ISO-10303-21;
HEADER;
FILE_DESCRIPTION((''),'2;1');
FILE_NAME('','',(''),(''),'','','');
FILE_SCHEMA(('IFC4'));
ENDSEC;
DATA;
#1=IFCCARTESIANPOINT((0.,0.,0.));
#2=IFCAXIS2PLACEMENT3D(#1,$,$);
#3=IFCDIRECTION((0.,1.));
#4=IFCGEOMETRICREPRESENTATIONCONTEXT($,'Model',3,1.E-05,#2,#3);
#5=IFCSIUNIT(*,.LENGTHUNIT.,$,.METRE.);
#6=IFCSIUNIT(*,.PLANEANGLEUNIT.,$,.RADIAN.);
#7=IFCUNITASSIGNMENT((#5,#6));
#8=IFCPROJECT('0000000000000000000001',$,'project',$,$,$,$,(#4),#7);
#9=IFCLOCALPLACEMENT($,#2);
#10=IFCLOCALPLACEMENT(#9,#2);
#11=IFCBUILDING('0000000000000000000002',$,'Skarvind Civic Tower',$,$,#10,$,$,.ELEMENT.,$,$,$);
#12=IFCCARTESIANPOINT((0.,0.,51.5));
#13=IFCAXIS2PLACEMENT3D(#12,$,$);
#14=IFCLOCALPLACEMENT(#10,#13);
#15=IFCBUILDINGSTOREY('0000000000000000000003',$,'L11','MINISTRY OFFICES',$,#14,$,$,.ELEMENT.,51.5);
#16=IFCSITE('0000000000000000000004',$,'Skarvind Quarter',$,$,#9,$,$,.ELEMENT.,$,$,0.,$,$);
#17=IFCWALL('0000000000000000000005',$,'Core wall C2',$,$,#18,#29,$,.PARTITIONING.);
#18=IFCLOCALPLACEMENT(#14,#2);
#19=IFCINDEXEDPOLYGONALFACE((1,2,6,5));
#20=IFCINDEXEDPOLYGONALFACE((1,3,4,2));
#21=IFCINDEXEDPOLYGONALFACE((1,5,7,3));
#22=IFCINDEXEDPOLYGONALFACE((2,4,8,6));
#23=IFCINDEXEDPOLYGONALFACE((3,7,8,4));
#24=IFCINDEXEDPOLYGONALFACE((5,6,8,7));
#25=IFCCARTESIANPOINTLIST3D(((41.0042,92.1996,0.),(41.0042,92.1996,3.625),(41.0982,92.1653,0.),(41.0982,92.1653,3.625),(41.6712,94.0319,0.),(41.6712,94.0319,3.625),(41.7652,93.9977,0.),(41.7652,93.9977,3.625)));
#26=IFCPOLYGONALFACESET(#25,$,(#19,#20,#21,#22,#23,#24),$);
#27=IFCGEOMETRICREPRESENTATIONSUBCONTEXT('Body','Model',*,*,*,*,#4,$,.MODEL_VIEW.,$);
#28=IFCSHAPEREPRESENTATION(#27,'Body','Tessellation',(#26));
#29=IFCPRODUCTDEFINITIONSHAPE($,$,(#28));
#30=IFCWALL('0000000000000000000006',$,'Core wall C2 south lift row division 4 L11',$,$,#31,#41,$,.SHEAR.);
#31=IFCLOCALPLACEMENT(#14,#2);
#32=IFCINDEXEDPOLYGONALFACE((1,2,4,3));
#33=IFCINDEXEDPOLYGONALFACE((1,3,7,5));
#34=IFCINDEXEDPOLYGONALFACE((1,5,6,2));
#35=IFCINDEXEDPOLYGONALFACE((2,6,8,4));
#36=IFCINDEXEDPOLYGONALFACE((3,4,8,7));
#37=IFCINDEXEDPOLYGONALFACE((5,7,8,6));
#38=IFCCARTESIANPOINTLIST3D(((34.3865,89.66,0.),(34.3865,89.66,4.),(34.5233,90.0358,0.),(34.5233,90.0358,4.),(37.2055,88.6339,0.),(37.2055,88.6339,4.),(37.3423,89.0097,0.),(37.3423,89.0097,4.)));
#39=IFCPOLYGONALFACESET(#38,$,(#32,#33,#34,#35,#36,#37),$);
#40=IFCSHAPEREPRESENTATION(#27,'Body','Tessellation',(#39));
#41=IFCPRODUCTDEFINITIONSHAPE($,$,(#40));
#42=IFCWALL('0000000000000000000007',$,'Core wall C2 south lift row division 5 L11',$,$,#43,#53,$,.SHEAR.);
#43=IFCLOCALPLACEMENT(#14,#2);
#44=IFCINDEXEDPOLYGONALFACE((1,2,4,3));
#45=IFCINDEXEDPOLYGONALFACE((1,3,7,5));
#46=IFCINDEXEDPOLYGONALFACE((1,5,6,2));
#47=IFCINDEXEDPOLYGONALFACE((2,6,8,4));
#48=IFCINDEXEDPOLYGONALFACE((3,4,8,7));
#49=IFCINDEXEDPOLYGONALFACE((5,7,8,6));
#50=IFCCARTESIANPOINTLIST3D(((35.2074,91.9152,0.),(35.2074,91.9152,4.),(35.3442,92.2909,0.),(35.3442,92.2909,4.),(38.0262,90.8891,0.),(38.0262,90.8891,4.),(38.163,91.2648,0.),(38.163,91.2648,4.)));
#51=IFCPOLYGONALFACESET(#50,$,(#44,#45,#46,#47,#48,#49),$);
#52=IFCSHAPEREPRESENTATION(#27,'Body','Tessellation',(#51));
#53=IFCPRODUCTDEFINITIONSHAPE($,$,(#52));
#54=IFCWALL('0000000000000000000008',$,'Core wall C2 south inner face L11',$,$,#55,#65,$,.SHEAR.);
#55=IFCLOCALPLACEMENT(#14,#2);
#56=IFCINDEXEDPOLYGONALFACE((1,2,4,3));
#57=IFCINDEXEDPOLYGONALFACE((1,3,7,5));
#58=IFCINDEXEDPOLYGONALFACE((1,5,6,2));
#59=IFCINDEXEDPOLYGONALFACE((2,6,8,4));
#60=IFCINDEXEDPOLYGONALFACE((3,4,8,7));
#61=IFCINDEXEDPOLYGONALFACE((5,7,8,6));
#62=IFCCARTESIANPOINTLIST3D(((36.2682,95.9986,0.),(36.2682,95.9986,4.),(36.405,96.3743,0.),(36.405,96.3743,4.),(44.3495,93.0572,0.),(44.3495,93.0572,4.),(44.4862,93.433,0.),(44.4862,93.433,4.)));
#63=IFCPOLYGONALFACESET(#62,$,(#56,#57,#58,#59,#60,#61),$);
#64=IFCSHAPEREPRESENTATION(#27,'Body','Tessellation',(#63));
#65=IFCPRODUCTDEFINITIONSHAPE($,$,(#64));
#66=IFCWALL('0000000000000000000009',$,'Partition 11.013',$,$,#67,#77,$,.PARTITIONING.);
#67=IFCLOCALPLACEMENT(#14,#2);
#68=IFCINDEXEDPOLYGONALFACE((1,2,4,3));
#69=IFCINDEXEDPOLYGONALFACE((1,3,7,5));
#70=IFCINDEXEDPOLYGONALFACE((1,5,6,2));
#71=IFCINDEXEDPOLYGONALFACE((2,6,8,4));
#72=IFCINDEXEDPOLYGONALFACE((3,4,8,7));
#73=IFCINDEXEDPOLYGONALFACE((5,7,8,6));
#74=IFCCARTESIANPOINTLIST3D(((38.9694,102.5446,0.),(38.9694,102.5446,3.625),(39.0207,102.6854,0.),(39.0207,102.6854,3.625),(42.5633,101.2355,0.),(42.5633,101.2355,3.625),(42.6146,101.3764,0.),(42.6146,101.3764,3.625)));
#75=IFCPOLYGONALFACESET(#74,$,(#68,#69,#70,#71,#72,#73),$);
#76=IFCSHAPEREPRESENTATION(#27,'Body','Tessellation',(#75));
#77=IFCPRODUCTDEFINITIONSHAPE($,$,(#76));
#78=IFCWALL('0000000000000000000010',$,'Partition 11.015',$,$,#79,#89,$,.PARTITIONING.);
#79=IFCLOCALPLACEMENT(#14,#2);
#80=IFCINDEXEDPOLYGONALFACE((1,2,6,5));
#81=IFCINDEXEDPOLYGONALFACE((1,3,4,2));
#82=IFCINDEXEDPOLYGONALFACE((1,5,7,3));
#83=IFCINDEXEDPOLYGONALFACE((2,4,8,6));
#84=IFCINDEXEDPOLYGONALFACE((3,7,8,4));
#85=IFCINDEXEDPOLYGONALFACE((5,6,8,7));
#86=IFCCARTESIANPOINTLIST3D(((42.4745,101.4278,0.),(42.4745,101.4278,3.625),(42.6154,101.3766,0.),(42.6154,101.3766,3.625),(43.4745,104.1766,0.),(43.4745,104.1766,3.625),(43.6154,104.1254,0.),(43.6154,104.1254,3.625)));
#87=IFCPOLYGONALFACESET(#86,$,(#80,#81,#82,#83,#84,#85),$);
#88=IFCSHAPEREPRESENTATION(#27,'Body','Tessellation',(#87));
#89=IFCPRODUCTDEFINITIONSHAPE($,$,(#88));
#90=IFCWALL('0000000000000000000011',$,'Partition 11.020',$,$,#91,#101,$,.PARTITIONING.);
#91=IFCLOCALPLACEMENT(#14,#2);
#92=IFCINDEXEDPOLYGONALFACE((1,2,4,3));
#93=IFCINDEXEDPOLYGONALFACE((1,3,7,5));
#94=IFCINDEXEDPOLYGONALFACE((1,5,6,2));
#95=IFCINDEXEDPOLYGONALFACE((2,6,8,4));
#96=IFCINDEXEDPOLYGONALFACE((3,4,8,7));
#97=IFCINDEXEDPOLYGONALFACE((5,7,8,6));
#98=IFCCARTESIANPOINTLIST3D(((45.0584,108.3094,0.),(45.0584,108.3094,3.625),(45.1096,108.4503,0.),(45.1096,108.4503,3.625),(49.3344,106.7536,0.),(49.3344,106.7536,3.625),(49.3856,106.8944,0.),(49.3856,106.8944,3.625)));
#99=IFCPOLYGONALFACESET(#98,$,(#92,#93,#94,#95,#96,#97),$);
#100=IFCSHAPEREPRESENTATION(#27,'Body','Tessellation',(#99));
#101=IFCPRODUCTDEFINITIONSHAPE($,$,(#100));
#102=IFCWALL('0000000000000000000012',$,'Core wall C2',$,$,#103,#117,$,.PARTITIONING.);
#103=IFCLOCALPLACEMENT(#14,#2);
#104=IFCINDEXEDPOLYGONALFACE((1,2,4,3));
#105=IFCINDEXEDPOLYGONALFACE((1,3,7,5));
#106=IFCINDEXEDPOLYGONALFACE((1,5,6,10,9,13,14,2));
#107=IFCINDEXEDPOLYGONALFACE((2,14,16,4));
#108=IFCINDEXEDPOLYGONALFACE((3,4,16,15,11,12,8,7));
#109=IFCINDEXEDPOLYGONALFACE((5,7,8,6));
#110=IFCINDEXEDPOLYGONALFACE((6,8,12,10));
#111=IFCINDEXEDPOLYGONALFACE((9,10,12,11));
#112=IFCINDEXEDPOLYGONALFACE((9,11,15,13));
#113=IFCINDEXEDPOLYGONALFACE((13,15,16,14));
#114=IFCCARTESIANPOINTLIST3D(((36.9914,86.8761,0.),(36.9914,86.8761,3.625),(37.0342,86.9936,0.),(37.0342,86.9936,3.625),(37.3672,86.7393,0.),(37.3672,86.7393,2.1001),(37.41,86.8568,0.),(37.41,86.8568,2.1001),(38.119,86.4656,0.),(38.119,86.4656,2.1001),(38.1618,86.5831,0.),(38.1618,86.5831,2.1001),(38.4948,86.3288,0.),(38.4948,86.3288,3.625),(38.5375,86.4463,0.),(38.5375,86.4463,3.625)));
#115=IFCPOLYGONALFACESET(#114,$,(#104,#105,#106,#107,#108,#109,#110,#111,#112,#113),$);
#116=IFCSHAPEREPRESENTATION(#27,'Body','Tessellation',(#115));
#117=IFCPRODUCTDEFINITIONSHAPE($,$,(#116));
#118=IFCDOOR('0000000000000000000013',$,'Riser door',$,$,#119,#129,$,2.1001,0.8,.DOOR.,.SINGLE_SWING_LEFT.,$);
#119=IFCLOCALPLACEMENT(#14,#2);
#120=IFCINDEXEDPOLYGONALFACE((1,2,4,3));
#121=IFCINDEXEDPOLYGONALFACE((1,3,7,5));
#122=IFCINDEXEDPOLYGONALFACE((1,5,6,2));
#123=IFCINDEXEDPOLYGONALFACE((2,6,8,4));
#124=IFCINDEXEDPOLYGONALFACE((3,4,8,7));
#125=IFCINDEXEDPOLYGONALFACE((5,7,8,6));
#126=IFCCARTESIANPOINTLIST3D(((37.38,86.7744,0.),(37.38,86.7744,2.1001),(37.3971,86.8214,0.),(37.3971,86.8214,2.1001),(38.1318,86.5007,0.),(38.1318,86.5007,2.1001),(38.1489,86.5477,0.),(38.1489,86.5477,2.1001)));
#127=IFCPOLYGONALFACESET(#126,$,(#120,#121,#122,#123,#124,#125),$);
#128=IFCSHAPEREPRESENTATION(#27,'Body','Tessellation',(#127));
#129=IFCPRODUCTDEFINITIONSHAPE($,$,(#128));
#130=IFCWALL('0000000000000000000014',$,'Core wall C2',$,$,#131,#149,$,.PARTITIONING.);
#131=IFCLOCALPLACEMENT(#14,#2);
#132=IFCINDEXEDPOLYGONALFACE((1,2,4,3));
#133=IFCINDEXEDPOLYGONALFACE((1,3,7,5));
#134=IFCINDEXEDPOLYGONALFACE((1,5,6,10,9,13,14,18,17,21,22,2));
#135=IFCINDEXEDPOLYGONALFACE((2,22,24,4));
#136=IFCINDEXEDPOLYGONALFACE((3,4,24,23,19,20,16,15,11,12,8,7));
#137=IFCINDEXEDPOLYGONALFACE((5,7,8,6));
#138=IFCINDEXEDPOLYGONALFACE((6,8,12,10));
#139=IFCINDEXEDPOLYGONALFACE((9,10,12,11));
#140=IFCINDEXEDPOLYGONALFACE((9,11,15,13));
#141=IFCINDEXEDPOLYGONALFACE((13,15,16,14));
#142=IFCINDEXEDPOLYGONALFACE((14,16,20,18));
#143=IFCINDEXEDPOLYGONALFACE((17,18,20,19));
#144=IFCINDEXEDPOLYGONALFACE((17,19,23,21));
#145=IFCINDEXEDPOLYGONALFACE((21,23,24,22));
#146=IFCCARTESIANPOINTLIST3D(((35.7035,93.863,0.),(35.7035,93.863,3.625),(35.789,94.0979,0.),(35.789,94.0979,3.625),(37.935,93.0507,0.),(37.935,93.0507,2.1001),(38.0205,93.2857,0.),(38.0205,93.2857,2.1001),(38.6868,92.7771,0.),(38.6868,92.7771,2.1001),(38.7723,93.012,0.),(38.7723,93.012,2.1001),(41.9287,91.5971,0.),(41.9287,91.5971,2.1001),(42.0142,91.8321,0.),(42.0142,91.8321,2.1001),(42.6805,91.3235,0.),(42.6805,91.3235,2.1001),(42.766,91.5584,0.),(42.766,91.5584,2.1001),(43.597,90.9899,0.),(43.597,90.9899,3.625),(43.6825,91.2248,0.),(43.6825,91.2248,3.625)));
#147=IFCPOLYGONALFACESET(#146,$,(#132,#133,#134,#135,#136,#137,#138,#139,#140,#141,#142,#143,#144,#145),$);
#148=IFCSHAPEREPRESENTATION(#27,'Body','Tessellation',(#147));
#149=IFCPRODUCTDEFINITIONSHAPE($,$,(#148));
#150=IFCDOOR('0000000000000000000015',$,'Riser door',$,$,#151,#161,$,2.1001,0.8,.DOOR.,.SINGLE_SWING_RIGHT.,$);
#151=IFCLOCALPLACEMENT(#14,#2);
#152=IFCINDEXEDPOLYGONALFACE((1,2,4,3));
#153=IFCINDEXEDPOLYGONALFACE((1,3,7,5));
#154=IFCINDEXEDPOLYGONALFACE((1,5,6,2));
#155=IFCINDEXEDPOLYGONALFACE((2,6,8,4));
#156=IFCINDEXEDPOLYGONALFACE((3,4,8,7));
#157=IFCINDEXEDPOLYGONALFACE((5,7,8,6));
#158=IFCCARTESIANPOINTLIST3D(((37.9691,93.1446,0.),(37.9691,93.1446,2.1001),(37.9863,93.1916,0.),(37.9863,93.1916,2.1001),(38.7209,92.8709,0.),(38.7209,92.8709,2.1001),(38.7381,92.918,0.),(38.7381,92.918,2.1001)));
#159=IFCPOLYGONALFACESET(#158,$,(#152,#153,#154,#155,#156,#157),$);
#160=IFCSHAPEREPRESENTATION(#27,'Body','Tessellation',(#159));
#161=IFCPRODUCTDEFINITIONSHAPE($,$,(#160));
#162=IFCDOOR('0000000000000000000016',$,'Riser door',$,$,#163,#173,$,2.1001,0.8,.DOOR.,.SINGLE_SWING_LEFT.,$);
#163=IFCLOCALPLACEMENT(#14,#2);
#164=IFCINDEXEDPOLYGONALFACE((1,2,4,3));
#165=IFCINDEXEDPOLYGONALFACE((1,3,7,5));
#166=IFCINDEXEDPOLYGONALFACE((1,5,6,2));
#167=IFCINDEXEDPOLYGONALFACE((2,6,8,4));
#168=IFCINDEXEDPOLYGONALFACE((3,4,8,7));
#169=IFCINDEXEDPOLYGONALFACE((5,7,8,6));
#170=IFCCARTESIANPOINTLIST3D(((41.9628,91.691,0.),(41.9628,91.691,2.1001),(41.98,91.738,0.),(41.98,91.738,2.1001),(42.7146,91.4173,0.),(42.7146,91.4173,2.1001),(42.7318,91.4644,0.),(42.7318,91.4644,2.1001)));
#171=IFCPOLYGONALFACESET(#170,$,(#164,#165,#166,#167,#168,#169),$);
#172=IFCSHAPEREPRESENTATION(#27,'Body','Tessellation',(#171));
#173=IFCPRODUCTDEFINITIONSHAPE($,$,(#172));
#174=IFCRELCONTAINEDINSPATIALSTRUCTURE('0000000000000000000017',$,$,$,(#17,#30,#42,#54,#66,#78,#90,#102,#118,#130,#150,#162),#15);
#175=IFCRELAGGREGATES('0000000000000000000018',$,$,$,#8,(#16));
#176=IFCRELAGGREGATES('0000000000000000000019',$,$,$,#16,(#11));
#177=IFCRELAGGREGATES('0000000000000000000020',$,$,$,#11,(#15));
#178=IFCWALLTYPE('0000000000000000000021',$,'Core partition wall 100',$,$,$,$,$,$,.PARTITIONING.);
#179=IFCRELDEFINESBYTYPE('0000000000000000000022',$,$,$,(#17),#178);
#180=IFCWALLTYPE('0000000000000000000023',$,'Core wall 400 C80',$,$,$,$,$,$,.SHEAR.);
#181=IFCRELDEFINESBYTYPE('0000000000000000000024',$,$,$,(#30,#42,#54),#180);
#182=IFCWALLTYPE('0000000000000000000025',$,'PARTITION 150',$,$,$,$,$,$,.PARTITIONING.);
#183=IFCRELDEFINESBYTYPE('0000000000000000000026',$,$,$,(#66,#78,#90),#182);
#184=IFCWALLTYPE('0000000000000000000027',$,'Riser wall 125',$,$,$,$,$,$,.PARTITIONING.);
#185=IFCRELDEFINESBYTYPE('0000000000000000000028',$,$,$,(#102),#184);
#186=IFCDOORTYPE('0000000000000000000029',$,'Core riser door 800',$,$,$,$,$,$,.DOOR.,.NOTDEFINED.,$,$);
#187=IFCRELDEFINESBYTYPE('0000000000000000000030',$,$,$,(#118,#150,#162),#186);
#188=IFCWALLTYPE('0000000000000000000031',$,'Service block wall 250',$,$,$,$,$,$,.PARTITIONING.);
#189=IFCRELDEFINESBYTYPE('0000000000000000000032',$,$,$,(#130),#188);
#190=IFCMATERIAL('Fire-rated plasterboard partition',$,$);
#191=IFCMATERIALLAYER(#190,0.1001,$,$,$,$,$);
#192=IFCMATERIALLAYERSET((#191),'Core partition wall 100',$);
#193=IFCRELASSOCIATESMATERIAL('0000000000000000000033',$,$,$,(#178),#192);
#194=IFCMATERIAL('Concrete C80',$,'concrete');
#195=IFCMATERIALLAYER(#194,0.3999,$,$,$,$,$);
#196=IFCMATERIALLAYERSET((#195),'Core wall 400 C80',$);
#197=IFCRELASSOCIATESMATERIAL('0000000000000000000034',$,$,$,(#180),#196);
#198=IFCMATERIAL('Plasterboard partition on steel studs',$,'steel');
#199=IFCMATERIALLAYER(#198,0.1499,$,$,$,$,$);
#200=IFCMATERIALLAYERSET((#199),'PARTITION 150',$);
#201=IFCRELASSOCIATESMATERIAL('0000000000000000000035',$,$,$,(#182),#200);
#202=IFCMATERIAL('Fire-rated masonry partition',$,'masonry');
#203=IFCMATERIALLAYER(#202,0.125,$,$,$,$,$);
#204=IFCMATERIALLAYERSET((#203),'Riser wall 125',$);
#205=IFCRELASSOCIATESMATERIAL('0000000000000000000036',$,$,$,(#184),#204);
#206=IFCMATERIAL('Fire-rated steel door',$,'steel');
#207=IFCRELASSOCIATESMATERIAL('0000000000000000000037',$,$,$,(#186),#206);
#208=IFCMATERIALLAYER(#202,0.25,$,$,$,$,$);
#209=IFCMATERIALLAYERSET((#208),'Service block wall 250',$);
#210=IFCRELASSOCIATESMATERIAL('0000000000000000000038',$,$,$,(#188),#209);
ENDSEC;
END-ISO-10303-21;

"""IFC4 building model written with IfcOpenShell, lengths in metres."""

from ifc_helpers import new_model, si_unit, direction, frame, frame_2d, origin, place, context, subcontext, project, spatial, rectangle, extrude, material, layer, layer_set, type_object, element, fill, save


model = new_model("IFC4")

# Units and contexts
model_context = context("Model", 3, precision=1e-05, world=origin(), true_north=direction((0.0, 1.0)))
body_context = subcontext(model_context, "Body", "Model", "MODEL_VIEW")
ifc_project = project(units=[si_unit("LENGTHUNIT", "METRE"), si_unit("PLANEANGLEUNIT", "RADIAN")], contexts=[model_context])

# Site, building, storey
site_placement = place(None, origin())
site = spatial("IfcSite", under=ifc_project, at=site_placement, Name="Skarvind Quarter", CompositionType="ELEMENT", RefElevation=0.0)
building_placement = place(site_placement, origin())
building = spatial("IfcBuilding", under=site, at=building_placement, Name="Skarvind Civic Tower", CompositionType="ELEMENT")
storey_placement = place(building_placement, frame((0.0, 0.0, 51.5)))
storey = spatial("IfcBuildingStorey", under=building, at=storey_placement, Name="L11", Description="MINISTRY OFFICES", CompositionType="ELEMENT", Elevation=51.5)

# Shared definitions
ifc_material_1 = material(Name="Concrete C80", Category="concrete")

# Shared definitions
ifc_material_2 = material(Name="Fire-rated masonry partition", Category="masonry")
ifc_material_3 = material(Name="Fire-rated steel door", Category="steel")

# Walls
ifc_material_4 = material(Name="Fire-rated plasterboard partition")
ifc_layer_1 = layer(ifc_material_4, 0.1001)
ifc_layer_set_1 = layer_set([ifc_layer_1], Name="Core partition wall 100")
wall_type_1 = type_object("IfcWallType", Name="Core partition wall 100", PredefinedType="PARTITIONING", material=ifc_layer_set_1)
wall_1_placement = place(storey_placement, frame((41.7183, 94.0149, 0.0), z_axis=(0.0, 0.0, 1.0), x_axis=(-0.342065, -0.939676, 0.0)))
element("IfcWall", 1, at=wall_1_placement, inside=storey, type_object=wall_type_1, Name="Core wall C2", PredefinedType="PARTITIONING", context=body_context, shape_type="SweptSolid", body=[
    extrude(rectangle(XDim=1.95, YDim=0.1001, at=frame_2d((0.9751, 0.0))), origin(), (0.0, 0.0, 1.0), 3.625),
])
ifc_layer_2 = layer(ifc_material_1, 0.3999)
ifc_layer_set_2 = layer_set([ifc_layer_2], Name="Core wall 400 C80")
wall_type_2 = type_object("IfcWallType", Name="Core wall 400 C80", PredefinedType="SHEAR", material=ifc_layer_set_2)
wall_2_placement = place(storey_placement, frame((37.2739, 88.8218, 0.0), z_axis=(0.0, 0.0, 1.0), x_axis=(-0.939686, 0.342037, 0.0)))
element("IfcWall", 2, at=wall_2_placement, inside=storey, type_object=wall_type_2, Name="Core wall C2 south lift row division 4 L11", PredefinedType="SHEAR", context=body_context, shape_type="SweptSolid", body=[
    extrude(rectangle(XDim=3.0, YDim=0.3999, at=frame_2d((1.5, 0.0))), origin(), (0.0, 0.0, 1.0), 4.0),
])
wall_3_placement = place(storey_placement, frame((38.0947, 91.0769, 0.0), z_axis=(0.0, 0.0, 1.0), x_axis=(-0.939677, 0.342063, 0.0)))
element("IfcWall", 3, at=wall_3_placement, inside=storey, type_object=wall_type_2, Name="Core wall C2 south lift row division 5 L11", PredefinedType="SHEAR", context=body_context, shape_type="SweptSolid", body=[
    extrude(rectangle(XDim=2.9998, YDim=0.3999, at=frame_2d((1.5, 0.0))), origin(), (0.0, 0.0, 1.0), 4.0),
])
wall_4_placement = place(storey_placement, frame((44.4177, 93.2451, 0.0), z_axis=(0.0, 0.0, 1.0), x_axis=(-0.939691, 0.342026, 0.0)))
element("IfcWall", 4, at=wall_4_placement, inside=storey, type_object=wall_type_2, Name="Core wall C2 south inner face L11", PredefinedType="SHEAR", context=body_context, shape_type="SweptSolid", body=[
    extrude(rectangle(XDim=8.5999, YDim=0.3999, at=frame_2d((4.2998, 0.0))), origin(), (0.0, 0.0, 1.0), 4.0),
])
ifc_material_5 = material(Name="Plasterboard partition on steel studs", Category="steel")
ifc_layer_3 = layer(ifc_material_5, 0.1499)
ifc_layer_set_3 = layer_set([ifc_layer_3], Name="PARTITION 150")
wall_type_3 = type_object("IfcWallType", Name="PARTITION 150", PredefinedType="PARTITIONING", material=ifc_layer_set_3)
wall_5_placement = place(storey_placement, frame((42.5891, 101.3059, 0.0), z_axis=(0.0, 0.0, 1.0), x_axis=(-0.939611, 0.342245, 0.0)))
element("IfcWall", 5, at=wall_5_placement, inside=storey, type_object=wall_type_3, Name="Partition 11.013", PredefinedType="PARTITIONING", context=body_context, shape_type="SweptSolid", body=[
    extrude(rectangle(XDim=3.825, YDim=0.1499, at=frame_2d((1.9126, 0.0))), origin(), (0.0, 0.0, 1.0), 3.625),
])
wall_6_placement = place(storey_placement, frame((43.5449, 104.1509, 0.0), z_axis=(0.0, 0.0, 1.0), x_axis=(-0.341877, -0.939745, 0.0)))
element("IfcWall", 6, at=wall_6_placement, inside=storey, type_object=wall_type_3, Name="Partition 11.015", PredefinedType="PARTITIONING", context=body_context, shape_type="SweptSolid", body=[
    extrude(rectangle(XDim=2.925, YDim=0.1499, at=frame_2d((1.4624, 0.0))), origin(), (0.0, 0.0, 1.0), 3.625),
])
wall_7_placement = place(storey_placement, frame((45.084, 108.3799, 0.0), z_axis=(0.0, 0.0, 1.0), x_axis=(0.939726, -0.341928, 0.0)))
element("IfcWall", 7, at=wall_7_placement, inside=storey, type_object=wall_type_3, Name="Partition 11.020", PredefinedType="PARTITIONING", context=body_context, shape_type="SweptSolid", body=[
    extrude(rectangle(XDim=4.5503, YDim=0.1499, at=frame_2d((2.2751, 0.0))), origin(), (0.0, 0.0, 1.0), 3.625),
])

# Wall, opening, door
ifc_layer_4 = layer(ifc_material_2, 0.125)
ifc_layer_set_4 = layer_set([ifc_layer_4], Name="Riser wall 125")
wall_type_4 = type_object("IfcWallType", Name="Riser wall 125", PredefinedType="PARTITIONING", material=ifc_layer_set_4)
wall_8_placement = place(storey_placement, frame((37.0129, 86.9348, 0.0), z_axis=(0.0, 0.0, 1.0), x_axis=(0.93966, -0.342111, 0.0)))
wall_8 = element("IfcWall", 8, at=wall_8_placement, inside=storey, type_object=wall_type_4, Name="Core wall C2", PredefinedType="PARTITIONING", context=body_context, shape_type="SweptSolid", body=[
    extrude(rectangle(XDim=1.5999, YDim=0.125, at=frame_2d((0.7998, 0.0))), origin(), (0.0, 0.0, 1.0), 3.625),
])
opening_1_placement = place(wall_8_placement, frame((0.3999, 0.0, 0.0)))
opening_1 = element("IfcOpeningElement", 9, at=opening_1_placement, cuts=wall_8, PredefinedType="OPENING", context=body_context, shape_type="SweptSolid", body=[
    extrude(rectangle(XDim=0.8, YDim=2.1001, at=frame_2d((0.3999, 1.05))), frame((0.0, 0.0725, 0.0), z_axis=(0.0, -1.0, 0.0), x_axis=(1.0, 0.0, 0.0)), (0.0, 0.0, 1.0), 0.145),
])
door_type_1 = type_object("IfcDoorType", Name="Core riser door 800", OperationType="NOTDEFINED", PredefinedType="DOOR", material=ifc_material_3)
door_1_placement = place(opening_1_placement, origin())
door_1 = element("IfcDoor", 10, at=door_1_placement, inside=storey, type_object=door_type_1, Name="Riser door", OperationType="SINGLE_SWING_LEFT", OverallHeight=2.1001, OverallWidth=0.8, PredefinedType="DOOR", context=body_context, shape_type="SweptSolid", body=[
    extrude(rectangle(XDim=0.8, YDim=2.1001, at=frame_2d((0.3999, 1.05))), frame((0.0, 0.0249, 0.0), z_axis=(0.0, -1.0, 0.0), x_axis=(1.0, 0.0, 0.0)), (0.0, 0.0, 1.0), 0.05),
])
fill(opening_1, door_1)

# Wall, openings, doors
ifc_layer_5 = layer(ifc_material_2, 0.25)
ifc_layer_set_5 = layer_set([ifc_layer_5], Name="Service block wall 250")
wall_type_5 = type_object("IfcWallType", Name="Service block wall 250", PredefinedType="PARTITIONING", material=ifc_layer_set_5)
wall_9_placement = place(storey_placement, frame((35.7461, 93.9805, 0.0), z_axis=(0.0, 0.0, 1.0), x_axis=(0.939692, -0.342023, 0.0)))
wall_9 = element("IfcWall", 11, at=wall_9_placement, inside=storey, type_object=wall_type_5, Name="Core wall C2", PredefinedType="PARTITIONING", context=body_context, shape_type="SweptSolid", body=[
    extrude(rectangle(XDim=8.4001, YDim=0.25, at=frame_2d((4.2002, 0.0))), origin(), (0.0, 0.0, 1.0), 3.625),
])
opening_2_placement = place(wall_9_placement, frame((2.375, 0.0, 0.0)))
opening_2 = element("IfcOpeningElement", 12, at=opening_2_placement, cuts=wall_9, PredefinedType="OPENING", context=body_context, shape_type="SweptSolid", body=[
    extrude(rectangle(XDim=0.8, YDim=2.1001, at=frame_2d((0.3999, 1.05))), frame((0.0, 0.135, 0.0), z_axis=(0.0, -1.0, 0.0), x_axis=(1.0, 0.0, 0.0)), (0.0, 0.0, 1.0), 0.27),
])
opening_3_placement = place(wall_9_placement, frame((6.625, 0.0, 0.0)))
opening_3 = element("IfcOpeningElement", 13, at=opening_3_placement, cuts=wall_9, PredefinedType="OPENING", context=body_context, shape_type="SweptSolid", body=[
    extrude(rectangle(XDim=0.8, YDim=2.1001, at=frame_2d((0.3999, 1.05))), frame((0.0, 0.135, 0.0), z_axis=(0.0, -1.0, 0.0), x_axis=(1.0, 0.0, 0.0)), (0.0, 0.0, 1.0), 0.27),
])
door_2_placement = place(opening_2_placement, origin())
door_2 = element("IfcDoor", 14, at=door_2_placement, inside=storey, type_object=door_type_1, Name="Riser door", OperationType="SINGLE_SWING_RIGHT", OverallHeight=2.1001, OverallWidth=0.8, PredefinedType="DOOR", context=body_context, shape_type="SweptSolid", body=[
    extrude(rectangle(XDim=0.8, YDim=2.1001, at=frame_2d((0.3999, 1.05))), frame((0.0, 0.0249, 0.0), z_axis=(0.0, -1.0, 0.0), x_axis=(1.0, 0.0, 0.0)), (0.0, 0.0, 1.0), 0.05),
])
fill(opening_2, door_2)
door_3_placement = place(opening_3_placement, origin())
door_3 = element("IfcDoor", 15, at=door_3_placement, inside=storey, type_object=door_type_1, Name="Riser door", OperationType="SINGLE_SWING_LEFT", OverallHeight=2.1001, OverallWidth=0.8, PredefinedType="DOOR", context=body_context, shape_type="SweptSolid", body=[
    extrude(rectangle(XDim=0.8, YDim=2.1001, at=frame_2d((0.3999, 1.05))), frame((0.0, 0.0249, 0.0), z_axis=(0.0, -1.0, 0.0), x_axis=(1.0, 0.0, 0.0)), (0.0, 0.0, 1.0), 0.05),
])
fill(opening_3, door_3)

save(model, "model.ifc")
